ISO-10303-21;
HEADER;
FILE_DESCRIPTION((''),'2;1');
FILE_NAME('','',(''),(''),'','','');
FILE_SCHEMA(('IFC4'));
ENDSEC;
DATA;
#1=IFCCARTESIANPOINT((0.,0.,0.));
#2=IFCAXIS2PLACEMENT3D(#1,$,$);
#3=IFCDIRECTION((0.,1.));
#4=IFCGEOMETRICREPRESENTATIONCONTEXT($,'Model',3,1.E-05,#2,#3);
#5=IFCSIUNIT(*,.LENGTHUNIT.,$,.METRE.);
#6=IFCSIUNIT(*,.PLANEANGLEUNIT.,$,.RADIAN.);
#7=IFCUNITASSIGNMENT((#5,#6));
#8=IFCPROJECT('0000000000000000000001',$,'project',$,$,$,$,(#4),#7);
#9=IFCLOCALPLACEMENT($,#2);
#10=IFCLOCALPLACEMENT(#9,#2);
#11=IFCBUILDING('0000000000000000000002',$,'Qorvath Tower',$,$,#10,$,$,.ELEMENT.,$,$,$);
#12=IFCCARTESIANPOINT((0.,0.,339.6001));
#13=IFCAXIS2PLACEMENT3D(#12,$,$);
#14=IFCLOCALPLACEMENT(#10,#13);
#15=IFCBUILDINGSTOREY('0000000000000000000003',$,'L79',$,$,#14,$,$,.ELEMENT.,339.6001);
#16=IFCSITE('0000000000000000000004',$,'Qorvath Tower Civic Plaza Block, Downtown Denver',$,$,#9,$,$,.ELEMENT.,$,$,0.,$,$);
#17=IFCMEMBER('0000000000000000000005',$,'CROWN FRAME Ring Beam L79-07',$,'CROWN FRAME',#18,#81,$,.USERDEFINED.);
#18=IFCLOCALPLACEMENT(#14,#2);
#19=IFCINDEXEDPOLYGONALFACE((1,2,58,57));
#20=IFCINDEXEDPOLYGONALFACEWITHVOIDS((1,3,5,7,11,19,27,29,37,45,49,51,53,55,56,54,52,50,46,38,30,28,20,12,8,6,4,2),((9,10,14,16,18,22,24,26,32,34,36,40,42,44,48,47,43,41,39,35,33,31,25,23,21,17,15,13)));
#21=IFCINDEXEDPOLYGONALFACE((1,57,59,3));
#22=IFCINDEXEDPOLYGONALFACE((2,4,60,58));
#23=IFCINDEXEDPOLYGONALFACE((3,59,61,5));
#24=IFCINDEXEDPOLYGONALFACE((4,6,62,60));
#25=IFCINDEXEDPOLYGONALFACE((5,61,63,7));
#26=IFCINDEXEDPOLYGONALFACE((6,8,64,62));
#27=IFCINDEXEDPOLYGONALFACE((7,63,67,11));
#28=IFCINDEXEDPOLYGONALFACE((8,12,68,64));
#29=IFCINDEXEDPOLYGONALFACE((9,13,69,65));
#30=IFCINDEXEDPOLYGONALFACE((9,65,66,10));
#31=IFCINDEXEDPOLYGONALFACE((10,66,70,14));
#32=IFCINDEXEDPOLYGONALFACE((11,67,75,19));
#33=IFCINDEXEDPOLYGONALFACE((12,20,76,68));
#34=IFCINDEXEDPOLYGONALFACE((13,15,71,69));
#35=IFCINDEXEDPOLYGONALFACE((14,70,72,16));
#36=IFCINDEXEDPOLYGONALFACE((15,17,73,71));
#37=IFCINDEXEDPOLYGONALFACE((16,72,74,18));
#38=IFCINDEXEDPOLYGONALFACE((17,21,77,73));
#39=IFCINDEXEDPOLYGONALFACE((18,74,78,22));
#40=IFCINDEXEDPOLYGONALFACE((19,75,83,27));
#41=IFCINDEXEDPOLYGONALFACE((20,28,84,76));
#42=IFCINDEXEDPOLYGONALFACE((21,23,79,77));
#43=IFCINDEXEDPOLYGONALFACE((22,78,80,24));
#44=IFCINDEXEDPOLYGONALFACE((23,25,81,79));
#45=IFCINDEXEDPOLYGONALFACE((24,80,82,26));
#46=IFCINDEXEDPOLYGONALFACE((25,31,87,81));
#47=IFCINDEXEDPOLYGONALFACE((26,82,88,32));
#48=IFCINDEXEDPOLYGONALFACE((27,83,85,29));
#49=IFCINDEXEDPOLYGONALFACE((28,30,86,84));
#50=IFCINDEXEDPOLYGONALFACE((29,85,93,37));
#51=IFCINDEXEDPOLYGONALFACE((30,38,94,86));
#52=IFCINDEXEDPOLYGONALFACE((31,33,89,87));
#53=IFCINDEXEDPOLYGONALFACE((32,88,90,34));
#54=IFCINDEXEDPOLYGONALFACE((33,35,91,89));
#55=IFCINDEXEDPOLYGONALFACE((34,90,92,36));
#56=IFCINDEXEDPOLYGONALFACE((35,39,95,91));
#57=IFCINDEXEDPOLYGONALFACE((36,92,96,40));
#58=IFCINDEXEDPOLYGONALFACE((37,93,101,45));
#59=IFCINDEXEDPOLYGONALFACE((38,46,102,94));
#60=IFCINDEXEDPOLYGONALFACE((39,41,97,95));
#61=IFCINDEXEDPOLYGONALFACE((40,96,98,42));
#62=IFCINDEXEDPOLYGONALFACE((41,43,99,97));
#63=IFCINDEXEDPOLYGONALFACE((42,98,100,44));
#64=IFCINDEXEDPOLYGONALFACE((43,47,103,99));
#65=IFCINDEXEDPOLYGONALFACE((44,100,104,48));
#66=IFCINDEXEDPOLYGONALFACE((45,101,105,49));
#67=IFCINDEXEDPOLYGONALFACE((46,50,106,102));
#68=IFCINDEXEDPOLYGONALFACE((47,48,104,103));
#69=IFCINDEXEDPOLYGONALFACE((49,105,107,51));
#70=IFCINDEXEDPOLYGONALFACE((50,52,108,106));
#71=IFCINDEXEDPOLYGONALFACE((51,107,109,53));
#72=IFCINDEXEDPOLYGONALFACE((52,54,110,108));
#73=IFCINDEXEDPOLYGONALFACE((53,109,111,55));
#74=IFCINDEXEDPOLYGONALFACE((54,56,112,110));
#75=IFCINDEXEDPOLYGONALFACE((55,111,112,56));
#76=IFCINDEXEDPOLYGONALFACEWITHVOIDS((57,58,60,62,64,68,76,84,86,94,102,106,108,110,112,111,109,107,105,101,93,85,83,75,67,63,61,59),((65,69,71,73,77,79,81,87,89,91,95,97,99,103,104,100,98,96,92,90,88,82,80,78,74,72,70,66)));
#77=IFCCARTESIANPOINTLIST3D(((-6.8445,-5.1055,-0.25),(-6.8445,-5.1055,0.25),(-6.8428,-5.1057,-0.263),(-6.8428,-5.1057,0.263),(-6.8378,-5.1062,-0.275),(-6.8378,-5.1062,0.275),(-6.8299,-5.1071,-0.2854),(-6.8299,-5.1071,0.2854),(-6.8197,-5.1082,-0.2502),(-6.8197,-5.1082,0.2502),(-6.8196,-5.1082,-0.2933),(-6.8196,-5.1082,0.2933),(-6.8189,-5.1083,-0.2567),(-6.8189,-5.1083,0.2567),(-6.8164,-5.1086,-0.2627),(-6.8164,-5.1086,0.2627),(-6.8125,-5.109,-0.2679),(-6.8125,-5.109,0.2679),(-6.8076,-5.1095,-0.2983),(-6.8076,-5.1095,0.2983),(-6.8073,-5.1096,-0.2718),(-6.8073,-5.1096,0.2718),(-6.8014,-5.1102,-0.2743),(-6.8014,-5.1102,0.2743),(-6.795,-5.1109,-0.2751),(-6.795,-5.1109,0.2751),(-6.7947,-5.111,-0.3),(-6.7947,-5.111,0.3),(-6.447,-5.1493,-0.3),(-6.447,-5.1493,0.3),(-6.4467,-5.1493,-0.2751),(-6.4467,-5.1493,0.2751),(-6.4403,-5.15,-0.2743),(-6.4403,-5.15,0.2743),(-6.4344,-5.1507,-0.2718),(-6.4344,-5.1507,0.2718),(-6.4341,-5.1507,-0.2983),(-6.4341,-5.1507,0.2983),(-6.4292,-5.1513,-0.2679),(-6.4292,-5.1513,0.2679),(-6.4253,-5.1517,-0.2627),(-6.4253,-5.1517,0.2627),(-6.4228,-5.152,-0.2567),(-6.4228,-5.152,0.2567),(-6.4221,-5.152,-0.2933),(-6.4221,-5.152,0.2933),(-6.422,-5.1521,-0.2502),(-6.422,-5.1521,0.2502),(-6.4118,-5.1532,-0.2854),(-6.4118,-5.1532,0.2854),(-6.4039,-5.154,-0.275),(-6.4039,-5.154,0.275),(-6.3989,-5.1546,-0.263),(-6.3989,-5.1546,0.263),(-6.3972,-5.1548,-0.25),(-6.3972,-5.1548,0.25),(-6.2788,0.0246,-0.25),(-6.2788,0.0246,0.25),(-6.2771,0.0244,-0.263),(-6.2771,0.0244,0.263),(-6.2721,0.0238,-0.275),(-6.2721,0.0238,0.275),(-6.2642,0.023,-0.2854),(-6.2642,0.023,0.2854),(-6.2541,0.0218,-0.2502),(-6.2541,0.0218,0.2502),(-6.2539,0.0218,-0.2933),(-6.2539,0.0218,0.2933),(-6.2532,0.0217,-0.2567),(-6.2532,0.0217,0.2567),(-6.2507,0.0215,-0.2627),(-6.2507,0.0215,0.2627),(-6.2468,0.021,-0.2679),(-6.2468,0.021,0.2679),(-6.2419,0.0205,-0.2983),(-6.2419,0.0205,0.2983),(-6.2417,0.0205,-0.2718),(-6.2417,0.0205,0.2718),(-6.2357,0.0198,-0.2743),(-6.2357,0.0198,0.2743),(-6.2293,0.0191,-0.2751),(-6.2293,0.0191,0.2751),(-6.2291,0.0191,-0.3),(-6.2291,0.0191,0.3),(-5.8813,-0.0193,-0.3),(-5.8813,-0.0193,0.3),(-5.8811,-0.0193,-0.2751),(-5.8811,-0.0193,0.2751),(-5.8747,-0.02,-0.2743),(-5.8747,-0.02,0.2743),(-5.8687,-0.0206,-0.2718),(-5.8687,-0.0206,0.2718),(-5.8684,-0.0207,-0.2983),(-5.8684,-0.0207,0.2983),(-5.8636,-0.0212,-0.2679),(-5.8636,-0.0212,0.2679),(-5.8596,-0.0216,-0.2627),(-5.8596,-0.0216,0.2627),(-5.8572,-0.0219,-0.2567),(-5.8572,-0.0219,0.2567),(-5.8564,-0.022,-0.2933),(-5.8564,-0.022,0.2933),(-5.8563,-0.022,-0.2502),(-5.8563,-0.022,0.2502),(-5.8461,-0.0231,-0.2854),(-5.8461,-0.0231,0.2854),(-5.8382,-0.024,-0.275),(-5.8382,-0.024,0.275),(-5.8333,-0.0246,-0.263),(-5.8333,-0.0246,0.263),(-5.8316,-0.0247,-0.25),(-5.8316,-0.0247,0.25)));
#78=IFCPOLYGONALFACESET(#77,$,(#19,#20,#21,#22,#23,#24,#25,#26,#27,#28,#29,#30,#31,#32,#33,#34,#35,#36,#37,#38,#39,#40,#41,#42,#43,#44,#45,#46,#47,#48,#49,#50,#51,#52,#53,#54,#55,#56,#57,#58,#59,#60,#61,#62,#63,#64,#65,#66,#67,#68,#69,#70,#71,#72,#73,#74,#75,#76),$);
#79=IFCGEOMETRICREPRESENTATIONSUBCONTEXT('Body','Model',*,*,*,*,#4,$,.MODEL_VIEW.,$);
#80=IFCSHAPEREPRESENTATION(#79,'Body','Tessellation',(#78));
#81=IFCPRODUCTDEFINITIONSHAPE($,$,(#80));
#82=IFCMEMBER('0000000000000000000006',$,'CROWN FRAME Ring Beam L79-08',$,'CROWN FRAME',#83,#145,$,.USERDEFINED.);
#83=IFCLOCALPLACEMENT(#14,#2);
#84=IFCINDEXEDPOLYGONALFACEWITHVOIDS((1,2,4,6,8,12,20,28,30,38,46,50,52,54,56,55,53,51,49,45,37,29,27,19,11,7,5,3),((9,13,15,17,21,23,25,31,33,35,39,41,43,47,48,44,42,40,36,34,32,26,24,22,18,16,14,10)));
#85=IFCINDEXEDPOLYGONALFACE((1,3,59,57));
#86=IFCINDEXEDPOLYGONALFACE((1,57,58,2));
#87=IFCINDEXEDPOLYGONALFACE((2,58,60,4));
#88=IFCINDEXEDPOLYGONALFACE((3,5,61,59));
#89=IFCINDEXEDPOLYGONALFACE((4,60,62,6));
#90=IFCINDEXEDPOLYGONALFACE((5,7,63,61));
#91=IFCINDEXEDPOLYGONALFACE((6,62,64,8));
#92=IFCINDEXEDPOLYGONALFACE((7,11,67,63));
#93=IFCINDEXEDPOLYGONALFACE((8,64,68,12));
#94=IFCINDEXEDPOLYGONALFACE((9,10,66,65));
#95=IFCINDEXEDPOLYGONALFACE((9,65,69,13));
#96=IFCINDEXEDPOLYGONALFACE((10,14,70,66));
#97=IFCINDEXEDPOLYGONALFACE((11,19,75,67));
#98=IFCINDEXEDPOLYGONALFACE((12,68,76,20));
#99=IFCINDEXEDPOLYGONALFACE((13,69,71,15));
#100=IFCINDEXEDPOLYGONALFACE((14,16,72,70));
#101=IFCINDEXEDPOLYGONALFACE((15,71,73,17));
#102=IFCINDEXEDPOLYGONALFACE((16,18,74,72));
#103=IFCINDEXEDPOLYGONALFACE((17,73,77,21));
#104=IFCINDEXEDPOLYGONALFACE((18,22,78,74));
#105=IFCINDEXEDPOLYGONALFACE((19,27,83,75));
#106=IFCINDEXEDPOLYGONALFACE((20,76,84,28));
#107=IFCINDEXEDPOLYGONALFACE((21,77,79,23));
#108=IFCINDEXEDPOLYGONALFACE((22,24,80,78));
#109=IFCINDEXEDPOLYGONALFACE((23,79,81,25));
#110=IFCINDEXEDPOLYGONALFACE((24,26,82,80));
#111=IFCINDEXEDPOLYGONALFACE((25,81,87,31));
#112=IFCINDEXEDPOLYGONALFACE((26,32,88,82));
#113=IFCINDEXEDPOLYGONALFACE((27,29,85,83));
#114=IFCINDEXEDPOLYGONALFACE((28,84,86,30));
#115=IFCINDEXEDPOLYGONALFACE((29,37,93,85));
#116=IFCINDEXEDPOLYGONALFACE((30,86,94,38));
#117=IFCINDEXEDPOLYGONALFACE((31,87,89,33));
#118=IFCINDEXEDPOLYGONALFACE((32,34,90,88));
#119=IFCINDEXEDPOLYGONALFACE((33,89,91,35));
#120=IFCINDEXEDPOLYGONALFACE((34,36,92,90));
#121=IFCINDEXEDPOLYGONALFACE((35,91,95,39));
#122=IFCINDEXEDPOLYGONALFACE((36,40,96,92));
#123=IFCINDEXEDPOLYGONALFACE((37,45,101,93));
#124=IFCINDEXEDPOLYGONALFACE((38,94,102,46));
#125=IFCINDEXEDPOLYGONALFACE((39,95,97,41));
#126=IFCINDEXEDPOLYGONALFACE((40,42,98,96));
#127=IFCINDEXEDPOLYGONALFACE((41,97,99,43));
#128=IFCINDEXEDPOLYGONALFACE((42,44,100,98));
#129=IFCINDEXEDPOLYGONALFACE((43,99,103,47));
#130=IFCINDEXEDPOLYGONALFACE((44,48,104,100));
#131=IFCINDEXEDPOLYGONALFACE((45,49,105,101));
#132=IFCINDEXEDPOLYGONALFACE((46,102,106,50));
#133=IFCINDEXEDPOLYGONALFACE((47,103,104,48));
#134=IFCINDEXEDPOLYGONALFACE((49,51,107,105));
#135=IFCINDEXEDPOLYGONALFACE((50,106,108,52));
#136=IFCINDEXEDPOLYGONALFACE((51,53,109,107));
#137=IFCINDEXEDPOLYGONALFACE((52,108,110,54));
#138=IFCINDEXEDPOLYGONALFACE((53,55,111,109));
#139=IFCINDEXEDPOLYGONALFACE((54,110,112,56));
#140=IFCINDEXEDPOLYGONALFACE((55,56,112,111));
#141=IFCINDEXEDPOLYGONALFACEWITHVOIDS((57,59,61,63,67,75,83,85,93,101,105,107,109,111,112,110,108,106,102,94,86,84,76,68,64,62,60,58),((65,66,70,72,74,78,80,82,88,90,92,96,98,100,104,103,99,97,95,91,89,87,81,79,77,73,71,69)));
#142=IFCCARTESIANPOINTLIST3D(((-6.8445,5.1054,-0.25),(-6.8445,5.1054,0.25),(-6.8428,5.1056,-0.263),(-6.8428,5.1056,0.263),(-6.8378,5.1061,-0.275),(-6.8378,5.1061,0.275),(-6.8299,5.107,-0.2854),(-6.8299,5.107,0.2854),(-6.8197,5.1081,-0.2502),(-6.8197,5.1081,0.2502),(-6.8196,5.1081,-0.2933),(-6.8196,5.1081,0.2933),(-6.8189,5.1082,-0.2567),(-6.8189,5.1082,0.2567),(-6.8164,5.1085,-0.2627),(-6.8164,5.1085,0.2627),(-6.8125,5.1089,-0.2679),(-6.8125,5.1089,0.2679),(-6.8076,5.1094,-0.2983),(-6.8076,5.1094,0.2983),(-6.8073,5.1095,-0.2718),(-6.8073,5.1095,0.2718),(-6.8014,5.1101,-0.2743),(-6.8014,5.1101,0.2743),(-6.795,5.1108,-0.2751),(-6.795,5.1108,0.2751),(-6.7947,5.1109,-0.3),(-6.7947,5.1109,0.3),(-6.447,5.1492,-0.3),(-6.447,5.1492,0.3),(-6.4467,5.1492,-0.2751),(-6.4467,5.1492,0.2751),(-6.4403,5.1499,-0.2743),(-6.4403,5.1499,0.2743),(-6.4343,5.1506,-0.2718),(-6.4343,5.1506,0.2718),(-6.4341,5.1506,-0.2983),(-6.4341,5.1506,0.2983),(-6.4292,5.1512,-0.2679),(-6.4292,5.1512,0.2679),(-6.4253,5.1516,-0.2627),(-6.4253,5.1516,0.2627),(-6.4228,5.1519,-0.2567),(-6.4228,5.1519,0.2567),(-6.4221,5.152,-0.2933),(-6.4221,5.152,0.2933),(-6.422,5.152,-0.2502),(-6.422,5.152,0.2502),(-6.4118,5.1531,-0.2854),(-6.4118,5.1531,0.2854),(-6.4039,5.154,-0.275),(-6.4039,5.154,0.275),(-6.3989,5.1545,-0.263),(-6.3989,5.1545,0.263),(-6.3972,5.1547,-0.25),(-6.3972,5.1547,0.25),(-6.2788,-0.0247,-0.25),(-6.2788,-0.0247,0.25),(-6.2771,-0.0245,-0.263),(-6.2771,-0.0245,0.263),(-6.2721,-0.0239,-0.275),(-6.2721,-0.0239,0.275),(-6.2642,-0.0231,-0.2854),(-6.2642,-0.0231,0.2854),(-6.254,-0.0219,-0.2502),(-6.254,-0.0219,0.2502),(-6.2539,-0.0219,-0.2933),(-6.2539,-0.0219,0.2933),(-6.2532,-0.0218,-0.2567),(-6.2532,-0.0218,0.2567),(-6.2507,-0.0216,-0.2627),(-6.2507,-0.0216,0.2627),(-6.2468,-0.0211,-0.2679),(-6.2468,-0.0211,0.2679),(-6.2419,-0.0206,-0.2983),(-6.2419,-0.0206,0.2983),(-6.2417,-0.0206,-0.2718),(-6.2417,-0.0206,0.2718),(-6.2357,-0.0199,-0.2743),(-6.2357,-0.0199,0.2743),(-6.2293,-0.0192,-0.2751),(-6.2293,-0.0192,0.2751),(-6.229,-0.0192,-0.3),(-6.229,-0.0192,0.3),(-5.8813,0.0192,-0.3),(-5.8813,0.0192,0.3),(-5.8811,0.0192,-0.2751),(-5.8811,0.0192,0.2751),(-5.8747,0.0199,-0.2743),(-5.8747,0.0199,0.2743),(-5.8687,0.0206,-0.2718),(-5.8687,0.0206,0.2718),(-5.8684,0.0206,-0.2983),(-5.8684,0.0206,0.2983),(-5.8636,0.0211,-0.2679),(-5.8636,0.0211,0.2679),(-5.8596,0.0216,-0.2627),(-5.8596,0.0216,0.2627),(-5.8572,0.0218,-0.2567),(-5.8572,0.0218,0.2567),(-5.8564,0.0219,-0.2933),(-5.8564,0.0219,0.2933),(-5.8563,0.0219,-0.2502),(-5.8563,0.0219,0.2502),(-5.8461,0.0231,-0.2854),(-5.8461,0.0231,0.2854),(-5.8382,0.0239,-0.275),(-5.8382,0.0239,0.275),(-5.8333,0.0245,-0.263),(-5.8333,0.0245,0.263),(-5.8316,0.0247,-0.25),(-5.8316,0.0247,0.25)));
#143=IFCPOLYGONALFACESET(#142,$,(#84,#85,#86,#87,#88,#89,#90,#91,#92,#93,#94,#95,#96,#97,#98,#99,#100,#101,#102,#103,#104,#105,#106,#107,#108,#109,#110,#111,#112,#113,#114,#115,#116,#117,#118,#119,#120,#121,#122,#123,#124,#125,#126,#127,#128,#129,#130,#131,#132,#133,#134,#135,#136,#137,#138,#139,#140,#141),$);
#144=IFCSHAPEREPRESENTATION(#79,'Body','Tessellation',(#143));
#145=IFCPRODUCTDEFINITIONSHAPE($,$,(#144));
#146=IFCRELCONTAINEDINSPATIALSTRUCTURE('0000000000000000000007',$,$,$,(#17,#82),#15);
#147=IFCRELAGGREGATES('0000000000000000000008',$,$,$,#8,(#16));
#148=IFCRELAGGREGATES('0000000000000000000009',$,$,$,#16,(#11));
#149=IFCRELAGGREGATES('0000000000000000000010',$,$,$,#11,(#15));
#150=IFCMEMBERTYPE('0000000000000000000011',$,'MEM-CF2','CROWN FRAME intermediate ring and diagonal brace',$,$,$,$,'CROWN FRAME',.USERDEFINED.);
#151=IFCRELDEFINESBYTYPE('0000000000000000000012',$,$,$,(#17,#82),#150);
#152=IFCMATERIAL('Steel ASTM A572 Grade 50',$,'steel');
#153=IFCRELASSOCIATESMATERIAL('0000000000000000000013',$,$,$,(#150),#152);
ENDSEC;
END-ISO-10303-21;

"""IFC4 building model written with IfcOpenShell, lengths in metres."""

from ifc_helpers import new_model, si_unit, direction, frame, origin, origin_2d, place, context, subcontext, project, spatial, hollow_rectangle, extrude, material, material_profile, profile_set, type_object, element, save


model = new_model("IFC4")

# Units and contexts
model_context = context("Model", 3, precision=1e-05, world=origin(), true_north=direction((0.0, 1.0)))
body_context = subcontext(model_context, "Body", "Model", "MODEL_VIEW")
ifc_project = project(units=[si_unit("LENGTHUNIT", "METRE"), si_unit("PLANEANGLEUNIT", "RADIAN")], contexts=[model_context])

# Site, building, storey
site_placement = place(None, origin())
site = spatial("IfcSite", under=ifc_project, at=site_placement, Name="Qorvath Tower Civic Plaza Block, Downtown Denver", CompositionType="ELEMENT", RefElevation=0.0)
building_placement = place(site_placement, origin())
building = spatial("IfcBuilding", under=site, at=building_placement, Name="Qorvath Tower", CompositionType="ELEMENT")
storey_placement = place(building_placement, frame((0.0, 0.0, 339.6001)))
storey = spatial("IfcBuildingStorey", under=building, at=storey_placement, Name="L79", CompositionType="ELEMENT", Elevation=339.6001)

# Members
ifc_material_1 = material(Name="Steel ASTM A572 Grade 50", Category="steel")
ifc_material_profile_1 = material_profile(ifc_material_1, hollow_rectangle(XDim=0.45, YDim=0.6001, WallThickness=0.0249, InnerFilletRadius=0.0249, OuterFilletRadius=0.05, at=origin_2d()), Name="CROWN BOX 600x450x25")
ifc_profile_set_1 = profile_set([ifc_material_profile_1], Name="Steel ASTM A572 Grade 50")
member_type_1 = type_object("IfcMemberType", Name="MEM-CF2", Description="CROWN FRAME intermediate ring and diagonal brace", ElementType="CROWN FRAME", PredefinedType="USERDEFINED", material=ifc_profile_set_1)
for number, where, z_axis, x_axis, name in (
    (1, (-6.6208, -5.1301, 0.0), (0.109601, 0.993976, 0.0), (-0.993976, 0.109601, 0.0), "CROWN FRAME Ring Beam L79-07"),
    (2, (-6.0552, 0.0, 0.0), (-0.109601, 0.993976, 0.0), (-0.993976, -0.109601, 0.0), "CROWN FRAME Ring Beam L79-08"),
):
    element("IfcMember", number, at=place(storey_placement, frame(where, z_axis=z_axis, x_axis=x_axis)), inside=storey, type_object=member_type_1, Name=name, ObjectType="CROWN FRAME", PredefinedType="USERDEFINED", context=body_context, shape_type="SweptSolid", body=[
        extrude(hollow_rectangle(XDim=0.45, YDim=0.6001, WallThickness=0.0249, InnerFilletRadius=0.0249, OuterFilletRadius=0.05, at=origin_2d()), origin(), (0.0, 0.0, 1.0), 5.1611),
    ])

save(model, "model.ifc")
